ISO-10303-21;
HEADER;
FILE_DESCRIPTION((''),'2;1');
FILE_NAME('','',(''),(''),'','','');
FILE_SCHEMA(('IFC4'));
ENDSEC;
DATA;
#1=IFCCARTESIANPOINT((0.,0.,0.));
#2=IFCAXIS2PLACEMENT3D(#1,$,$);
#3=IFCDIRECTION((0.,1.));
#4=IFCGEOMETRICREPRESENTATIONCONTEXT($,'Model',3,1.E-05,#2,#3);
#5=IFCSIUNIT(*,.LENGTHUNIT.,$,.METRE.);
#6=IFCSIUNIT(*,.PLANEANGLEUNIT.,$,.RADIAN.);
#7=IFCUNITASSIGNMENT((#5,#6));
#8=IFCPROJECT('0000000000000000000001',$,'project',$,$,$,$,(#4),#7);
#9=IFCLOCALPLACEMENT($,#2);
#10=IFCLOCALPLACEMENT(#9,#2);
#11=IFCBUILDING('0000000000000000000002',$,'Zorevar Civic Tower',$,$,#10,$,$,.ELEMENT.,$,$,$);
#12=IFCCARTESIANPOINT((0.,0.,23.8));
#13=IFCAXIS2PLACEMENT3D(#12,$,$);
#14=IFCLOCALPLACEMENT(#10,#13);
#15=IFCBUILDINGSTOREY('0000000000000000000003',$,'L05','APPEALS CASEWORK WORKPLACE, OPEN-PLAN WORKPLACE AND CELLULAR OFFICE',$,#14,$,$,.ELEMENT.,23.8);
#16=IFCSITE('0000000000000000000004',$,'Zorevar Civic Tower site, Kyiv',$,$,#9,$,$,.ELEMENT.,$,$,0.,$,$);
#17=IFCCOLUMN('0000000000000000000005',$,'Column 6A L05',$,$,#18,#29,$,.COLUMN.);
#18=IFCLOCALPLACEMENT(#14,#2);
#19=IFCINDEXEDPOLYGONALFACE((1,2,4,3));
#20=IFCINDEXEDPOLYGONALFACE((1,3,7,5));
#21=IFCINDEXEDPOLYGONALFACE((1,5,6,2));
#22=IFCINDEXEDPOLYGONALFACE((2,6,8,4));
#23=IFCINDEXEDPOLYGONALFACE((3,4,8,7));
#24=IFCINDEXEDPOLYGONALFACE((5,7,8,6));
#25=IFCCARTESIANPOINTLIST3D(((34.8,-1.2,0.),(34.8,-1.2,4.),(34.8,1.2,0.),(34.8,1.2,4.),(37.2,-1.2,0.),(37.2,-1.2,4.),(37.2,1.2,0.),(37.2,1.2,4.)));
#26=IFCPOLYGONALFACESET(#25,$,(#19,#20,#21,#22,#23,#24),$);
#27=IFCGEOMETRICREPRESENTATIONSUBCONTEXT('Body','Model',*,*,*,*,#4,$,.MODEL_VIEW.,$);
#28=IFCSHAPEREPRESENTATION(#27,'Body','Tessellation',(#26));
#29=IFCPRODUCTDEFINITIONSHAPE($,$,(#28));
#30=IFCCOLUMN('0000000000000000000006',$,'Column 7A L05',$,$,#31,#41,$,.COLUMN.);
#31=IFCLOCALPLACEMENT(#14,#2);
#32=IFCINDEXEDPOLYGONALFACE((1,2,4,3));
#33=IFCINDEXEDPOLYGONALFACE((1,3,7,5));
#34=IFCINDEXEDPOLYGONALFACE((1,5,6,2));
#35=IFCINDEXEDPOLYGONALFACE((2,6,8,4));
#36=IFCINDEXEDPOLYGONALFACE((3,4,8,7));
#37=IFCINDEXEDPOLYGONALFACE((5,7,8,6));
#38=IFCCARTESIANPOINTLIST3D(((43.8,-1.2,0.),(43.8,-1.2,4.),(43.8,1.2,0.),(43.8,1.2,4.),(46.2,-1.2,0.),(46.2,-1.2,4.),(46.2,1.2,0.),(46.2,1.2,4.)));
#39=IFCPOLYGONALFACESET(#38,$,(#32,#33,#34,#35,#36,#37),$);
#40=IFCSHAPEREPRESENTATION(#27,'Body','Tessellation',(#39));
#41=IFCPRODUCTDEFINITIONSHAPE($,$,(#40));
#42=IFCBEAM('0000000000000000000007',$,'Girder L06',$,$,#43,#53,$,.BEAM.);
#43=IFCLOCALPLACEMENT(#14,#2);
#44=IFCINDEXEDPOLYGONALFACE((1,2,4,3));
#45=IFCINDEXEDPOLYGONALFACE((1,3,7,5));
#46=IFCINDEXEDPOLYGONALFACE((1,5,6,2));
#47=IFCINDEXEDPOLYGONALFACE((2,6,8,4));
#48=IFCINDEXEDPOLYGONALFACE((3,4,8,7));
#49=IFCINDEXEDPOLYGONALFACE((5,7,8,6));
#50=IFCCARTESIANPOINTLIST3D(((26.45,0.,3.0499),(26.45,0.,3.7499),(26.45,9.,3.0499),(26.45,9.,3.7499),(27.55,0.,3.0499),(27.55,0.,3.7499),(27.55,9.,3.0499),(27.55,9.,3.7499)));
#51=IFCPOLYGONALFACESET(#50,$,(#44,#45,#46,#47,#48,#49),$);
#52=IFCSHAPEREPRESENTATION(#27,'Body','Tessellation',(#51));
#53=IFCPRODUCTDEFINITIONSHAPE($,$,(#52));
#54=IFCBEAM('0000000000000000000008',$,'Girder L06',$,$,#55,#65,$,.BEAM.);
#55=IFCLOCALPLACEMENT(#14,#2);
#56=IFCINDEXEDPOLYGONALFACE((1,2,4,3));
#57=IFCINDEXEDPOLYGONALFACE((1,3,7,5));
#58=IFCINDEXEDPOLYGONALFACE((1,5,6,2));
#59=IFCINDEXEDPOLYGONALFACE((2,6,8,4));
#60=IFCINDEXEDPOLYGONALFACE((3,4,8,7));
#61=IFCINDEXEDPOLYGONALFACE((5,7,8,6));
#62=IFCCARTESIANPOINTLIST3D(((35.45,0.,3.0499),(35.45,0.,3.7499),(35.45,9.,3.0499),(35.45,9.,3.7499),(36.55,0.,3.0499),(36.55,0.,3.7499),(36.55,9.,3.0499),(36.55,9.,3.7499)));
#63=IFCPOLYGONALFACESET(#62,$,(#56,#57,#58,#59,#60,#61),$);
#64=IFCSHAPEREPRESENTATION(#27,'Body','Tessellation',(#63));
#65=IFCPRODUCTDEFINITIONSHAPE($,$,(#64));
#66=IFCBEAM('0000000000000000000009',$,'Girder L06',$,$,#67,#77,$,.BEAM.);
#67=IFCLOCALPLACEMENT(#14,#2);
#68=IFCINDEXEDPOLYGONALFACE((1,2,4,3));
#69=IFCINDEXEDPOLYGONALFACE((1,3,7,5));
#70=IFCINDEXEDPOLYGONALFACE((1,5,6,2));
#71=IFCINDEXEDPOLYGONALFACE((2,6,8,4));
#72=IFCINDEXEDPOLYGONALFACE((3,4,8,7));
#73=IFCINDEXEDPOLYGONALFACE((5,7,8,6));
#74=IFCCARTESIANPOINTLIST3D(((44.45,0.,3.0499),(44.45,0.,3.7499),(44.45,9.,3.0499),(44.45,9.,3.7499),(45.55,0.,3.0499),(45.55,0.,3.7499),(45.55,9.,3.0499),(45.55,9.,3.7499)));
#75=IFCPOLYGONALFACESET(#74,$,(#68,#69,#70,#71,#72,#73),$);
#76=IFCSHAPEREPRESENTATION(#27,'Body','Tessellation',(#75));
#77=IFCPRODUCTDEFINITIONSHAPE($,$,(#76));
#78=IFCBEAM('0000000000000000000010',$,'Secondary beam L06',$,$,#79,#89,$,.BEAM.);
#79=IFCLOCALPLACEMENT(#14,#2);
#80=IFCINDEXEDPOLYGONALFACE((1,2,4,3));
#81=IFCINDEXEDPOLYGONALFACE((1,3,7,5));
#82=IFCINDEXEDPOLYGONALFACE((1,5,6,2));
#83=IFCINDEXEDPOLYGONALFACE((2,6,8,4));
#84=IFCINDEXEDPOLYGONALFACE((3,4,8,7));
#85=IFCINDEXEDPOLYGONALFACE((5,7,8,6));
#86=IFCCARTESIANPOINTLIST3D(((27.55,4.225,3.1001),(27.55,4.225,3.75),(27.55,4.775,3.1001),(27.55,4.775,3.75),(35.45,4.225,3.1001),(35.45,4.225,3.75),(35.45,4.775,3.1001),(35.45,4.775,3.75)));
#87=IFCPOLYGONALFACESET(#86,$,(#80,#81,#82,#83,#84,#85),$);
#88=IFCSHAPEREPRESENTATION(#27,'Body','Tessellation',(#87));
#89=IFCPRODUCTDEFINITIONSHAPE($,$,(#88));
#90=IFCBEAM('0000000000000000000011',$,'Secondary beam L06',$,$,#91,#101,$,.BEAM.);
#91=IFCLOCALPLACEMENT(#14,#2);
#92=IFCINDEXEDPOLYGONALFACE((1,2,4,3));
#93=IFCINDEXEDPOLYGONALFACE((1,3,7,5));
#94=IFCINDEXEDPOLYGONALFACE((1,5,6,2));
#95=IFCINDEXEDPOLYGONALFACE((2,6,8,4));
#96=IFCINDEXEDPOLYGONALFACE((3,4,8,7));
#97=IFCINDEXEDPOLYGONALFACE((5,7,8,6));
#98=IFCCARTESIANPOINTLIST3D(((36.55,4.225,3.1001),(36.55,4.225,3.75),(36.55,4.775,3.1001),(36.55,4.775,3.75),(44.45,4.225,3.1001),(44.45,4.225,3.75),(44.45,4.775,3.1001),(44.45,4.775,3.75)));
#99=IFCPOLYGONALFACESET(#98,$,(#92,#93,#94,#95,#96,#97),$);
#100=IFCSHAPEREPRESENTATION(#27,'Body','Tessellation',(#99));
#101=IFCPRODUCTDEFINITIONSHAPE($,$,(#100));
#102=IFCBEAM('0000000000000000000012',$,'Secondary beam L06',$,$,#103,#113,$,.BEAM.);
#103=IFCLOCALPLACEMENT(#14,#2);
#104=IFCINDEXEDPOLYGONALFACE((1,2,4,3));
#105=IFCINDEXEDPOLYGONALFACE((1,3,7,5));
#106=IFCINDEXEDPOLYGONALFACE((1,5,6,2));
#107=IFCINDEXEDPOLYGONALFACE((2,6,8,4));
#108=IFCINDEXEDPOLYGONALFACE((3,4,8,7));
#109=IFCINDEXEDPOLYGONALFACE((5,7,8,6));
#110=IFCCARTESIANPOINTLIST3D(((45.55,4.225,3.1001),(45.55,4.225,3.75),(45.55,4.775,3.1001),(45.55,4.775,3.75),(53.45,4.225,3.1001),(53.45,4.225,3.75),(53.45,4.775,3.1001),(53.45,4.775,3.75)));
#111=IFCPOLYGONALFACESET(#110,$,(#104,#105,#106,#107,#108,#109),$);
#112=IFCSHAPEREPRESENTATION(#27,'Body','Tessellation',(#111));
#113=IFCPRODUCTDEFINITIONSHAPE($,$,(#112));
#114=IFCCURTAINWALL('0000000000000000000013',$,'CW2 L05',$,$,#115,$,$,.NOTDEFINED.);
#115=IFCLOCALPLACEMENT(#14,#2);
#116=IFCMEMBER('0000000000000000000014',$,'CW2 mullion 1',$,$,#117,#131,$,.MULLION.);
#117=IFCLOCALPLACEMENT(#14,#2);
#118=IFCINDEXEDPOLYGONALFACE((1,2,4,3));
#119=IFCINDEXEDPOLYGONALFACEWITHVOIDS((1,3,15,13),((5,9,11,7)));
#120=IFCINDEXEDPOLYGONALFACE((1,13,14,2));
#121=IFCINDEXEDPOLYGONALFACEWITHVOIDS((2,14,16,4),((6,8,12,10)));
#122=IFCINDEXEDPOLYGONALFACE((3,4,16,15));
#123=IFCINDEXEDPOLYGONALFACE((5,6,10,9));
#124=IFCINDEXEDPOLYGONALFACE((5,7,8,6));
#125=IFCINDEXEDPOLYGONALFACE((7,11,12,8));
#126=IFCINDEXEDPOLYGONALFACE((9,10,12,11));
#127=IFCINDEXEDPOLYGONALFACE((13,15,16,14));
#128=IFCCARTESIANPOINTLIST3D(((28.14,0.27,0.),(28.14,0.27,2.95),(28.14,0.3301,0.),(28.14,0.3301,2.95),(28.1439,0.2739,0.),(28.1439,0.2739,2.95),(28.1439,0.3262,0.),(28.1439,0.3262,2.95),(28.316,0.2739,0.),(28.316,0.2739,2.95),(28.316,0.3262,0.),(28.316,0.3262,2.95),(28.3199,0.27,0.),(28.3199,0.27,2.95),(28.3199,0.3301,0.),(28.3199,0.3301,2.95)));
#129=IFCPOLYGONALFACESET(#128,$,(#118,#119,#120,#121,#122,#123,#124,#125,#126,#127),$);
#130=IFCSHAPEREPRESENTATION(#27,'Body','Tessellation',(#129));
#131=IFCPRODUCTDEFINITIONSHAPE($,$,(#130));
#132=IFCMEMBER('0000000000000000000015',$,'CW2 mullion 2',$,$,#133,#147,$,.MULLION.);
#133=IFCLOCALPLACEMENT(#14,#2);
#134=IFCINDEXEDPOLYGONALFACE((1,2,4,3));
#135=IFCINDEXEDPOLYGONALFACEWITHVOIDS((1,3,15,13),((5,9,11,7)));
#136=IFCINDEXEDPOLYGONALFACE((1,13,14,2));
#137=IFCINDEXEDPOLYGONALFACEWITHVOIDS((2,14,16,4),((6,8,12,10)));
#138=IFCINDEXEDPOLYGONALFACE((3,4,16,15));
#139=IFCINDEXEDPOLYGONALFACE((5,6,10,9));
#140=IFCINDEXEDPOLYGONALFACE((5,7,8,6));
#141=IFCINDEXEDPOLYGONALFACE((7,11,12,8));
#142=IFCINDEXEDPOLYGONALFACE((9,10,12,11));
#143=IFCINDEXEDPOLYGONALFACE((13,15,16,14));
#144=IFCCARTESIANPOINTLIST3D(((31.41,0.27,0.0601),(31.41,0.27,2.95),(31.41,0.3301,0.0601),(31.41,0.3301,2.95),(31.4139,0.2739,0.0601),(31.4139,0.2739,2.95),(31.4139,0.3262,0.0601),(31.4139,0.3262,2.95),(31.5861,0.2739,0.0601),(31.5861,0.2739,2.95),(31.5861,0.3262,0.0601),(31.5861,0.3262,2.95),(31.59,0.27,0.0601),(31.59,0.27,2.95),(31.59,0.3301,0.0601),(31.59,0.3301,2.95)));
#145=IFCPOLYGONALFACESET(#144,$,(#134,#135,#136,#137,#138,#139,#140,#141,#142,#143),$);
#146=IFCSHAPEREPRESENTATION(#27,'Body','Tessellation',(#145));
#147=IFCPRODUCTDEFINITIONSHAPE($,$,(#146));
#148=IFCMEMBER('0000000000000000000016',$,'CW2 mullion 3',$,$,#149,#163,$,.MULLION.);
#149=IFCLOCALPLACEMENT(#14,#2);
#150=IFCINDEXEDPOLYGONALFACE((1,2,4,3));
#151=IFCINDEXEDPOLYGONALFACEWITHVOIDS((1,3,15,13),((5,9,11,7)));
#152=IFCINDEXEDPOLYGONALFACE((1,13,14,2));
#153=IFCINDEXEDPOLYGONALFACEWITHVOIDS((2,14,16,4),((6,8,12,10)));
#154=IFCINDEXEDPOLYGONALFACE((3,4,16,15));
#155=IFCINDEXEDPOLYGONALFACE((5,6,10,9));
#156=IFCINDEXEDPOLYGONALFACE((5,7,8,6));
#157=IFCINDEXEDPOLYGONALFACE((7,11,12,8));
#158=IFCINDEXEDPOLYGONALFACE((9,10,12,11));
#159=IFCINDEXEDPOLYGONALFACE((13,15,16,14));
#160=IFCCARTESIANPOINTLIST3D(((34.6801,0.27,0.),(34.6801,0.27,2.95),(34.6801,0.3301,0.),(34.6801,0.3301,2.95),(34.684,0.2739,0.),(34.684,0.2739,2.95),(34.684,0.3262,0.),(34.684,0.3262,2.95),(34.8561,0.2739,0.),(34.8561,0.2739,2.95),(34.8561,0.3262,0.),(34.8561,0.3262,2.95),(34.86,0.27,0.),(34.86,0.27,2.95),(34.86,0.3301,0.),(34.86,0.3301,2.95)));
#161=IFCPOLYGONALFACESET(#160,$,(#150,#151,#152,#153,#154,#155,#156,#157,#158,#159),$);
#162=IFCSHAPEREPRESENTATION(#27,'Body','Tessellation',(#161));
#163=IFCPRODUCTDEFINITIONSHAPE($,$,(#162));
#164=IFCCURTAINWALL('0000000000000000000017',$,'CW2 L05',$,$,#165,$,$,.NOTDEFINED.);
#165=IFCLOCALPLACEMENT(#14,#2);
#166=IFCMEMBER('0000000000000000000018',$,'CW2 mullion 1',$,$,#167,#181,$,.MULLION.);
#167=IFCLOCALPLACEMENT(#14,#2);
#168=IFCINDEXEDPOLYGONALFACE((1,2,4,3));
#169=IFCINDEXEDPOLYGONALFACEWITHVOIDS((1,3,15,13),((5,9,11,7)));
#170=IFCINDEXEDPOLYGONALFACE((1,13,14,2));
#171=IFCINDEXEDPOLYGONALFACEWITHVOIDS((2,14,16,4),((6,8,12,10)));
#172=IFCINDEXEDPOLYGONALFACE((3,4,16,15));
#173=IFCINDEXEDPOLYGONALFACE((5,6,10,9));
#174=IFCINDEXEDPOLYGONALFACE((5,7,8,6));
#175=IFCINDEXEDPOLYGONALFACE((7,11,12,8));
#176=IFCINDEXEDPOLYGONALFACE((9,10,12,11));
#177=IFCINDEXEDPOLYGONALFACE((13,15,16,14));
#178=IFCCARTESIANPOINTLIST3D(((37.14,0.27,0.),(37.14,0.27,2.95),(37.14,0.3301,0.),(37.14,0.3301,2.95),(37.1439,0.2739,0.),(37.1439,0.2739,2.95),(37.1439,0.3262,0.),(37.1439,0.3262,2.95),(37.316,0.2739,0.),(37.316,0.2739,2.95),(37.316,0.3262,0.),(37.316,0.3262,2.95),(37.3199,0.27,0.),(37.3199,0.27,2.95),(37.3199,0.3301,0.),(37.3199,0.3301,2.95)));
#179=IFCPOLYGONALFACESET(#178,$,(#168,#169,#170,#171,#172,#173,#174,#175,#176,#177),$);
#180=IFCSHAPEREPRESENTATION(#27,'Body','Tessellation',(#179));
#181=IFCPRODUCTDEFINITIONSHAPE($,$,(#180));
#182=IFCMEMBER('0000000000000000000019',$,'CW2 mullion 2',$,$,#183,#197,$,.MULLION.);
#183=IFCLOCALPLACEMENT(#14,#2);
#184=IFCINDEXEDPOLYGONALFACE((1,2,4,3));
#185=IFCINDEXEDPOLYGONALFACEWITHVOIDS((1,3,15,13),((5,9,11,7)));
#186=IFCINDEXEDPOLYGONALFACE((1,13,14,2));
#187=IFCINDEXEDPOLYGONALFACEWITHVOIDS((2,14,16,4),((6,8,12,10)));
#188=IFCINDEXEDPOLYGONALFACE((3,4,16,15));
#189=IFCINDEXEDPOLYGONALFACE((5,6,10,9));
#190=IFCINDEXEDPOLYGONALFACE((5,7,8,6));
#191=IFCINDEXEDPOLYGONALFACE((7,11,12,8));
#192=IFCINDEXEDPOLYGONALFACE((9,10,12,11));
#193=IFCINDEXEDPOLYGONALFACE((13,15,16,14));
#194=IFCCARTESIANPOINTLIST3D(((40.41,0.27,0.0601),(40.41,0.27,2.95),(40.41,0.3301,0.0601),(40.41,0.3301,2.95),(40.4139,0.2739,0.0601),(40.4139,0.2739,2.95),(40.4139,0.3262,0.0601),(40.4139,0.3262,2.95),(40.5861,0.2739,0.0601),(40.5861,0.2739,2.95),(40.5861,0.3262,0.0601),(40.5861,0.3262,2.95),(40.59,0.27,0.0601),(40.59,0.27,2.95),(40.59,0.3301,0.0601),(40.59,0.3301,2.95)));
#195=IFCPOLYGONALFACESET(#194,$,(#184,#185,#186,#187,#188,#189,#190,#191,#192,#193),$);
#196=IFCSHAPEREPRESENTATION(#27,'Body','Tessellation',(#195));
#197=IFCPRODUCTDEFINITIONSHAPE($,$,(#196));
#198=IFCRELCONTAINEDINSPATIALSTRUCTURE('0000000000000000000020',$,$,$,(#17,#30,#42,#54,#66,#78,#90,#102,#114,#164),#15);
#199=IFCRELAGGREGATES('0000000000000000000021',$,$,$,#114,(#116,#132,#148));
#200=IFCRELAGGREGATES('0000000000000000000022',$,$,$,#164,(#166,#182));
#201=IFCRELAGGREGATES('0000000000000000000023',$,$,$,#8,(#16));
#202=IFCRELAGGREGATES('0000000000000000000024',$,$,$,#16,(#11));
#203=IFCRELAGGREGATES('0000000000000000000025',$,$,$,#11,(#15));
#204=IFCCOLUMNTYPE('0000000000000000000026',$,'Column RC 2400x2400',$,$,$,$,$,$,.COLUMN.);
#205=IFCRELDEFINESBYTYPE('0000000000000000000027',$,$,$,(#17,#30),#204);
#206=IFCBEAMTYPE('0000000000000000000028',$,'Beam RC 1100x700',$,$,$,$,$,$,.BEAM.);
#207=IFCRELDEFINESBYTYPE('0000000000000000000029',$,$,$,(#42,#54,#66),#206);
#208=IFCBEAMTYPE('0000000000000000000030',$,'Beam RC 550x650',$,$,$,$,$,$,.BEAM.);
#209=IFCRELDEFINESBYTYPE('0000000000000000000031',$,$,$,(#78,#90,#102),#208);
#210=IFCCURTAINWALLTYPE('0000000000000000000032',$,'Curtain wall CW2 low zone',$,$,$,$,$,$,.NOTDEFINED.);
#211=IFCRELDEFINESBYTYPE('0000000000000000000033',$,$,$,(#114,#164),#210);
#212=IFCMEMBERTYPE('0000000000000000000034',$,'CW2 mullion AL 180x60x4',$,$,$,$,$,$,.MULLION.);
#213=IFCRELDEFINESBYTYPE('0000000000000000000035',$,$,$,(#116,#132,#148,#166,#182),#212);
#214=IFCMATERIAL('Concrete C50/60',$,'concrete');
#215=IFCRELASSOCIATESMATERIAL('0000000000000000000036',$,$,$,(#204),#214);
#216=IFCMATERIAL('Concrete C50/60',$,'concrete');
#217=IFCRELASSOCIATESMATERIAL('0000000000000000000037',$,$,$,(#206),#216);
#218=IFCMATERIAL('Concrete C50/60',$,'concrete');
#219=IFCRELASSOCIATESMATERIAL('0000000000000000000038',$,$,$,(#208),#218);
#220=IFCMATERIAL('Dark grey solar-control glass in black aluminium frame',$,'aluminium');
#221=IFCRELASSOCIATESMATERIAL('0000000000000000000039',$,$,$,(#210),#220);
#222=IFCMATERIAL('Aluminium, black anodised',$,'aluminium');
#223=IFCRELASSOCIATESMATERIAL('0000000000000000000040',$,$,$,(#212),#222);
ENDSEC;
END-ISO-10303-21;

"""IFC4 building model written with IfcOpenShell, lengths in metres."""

from ifc_helpers import new_model, si_unit, direction, frame, origin, origin_2d, place, context, subcontext, project, spatial, rectangle, hollow_rectangle, extrude, material, material_profile, profile_set, type_object, element, aggregate, save


model = new_model("IFC4")

# Units and contexts
model_context = context("Model", 3, precision=1e-05, world=origin(), true_north=direction((0.0, 1.0)))
body_context = subcontext(model_context, "Body", "Model", "MODEL_VIEW")
ifc_project = project(units=[si_unit("LENGTHUNIT", "METRE"), si_unit("PLANEANGLEUNIT", "RADIAN")], contexts=[model_context])

# Site, building, storey
site_placement = place(None, origin())
site = spatial("IfcSite", under=ifc_project, at=site_placement, Name="Zorevar Civic Tower site, Kyiv", CompositionType="ELEMENT", RefElevation=0.0)
building_placement = place(site_placement, origin())
building = spatial("IfcBuilding", under=site, at=building_placement, Name="Zorevar Civic Tower", CompositionType="ELEMENT")
storey_placement = place(building_placement, frame((0.0, 0.0, 23.8)))
storey = spatial("IfcBuildingStorey", under=building, at=storey_placement, Name="L05", Description="APPEALS CASEWORK WORKPLACE, OPEN-PLAN WORKPLACE AND CELLULAR OFFICE", CompositionType="ELEMENT", Elevation=23.8)

# Columns
ifc_material_1 = material(Name="Concrete C50/60", Category="concrete")
ifc_material_profile_1 = material_profile(ifc_material_1, rectangle(XDim=2.3999, YDim=2.3999, at=origin_2d()), Name="RC 2400x2400")
ifc_profile_set_1 = profile_set([ifc_material_profile_1], Name="Concrete C50/60")
column_type = type_object("IfcColumnType", Name="Column RC 2400x2400", PredefinedType="COLUMN", material=ifc_profile_set_1)
for number, where, z_axis, x_axis, name in (
    (1, (36.0, 0.0, 0.0), (0.0, 0.0, 1.0), (1.0, 0.0, 0.0), "Column 6A L05"),
    (2, (45.0, 0.0, 0.0), (0.0, 0.0, 1.0), (1.0, 0.0, 0.0), "Column 7A L05"),
):
    element("IfcColumn", number, at=place(storey_placement, frame(where, z_axis=z_axis, x_axis=x_axis)), inside=storey, type_object=column_type, Name=name, PredefinedType="COLUMN", context=body_context, shape_type="SweptSolid", body=[
        extrude(rectangle(XDim=2.3999, YDim=2.3999, at=origin_2d()), origin(), (0.0, 0.0, 1.0), 4.0),
    ])

# Beams
ifc_material_2 = material(Name="Concrete C50/60", Category="concrete")
ifc_material_profile_2 = material_profile(ifc_material_2, rectangle(XDim=1.1001, YDim=0.7, at=origin_2d()), Name="RC 1100x700")
ifc_profile_set_2 = profile_set([ifc_material_profile_2], Name="Concrete C50/60")
beam_type_1 = type_object("IfcBeamType", Name="Beam RC 1100x700", PredefinedType="BEAM", material=ifc_profile_set_2)
for number, where, z_axis, x_axis, name in (
    (3, (27.0, 0.0, 3.3999), (0.0, 1.0, 0.0), (-1.0, 0.0, 0.0), "Girder L06"),
    (4, (36.0, 0.0, 3.3999), (0.0, 1.0, 0.0), (-1.0, 0.0, 0.0), "Girder L06"),
    (5, (45.0, 0.0, 3.3999), (0.0, 1.0, 0.0), (-1.0, 0.0, 0.0), "Girder L06"),
):
    element("IfcBeam", number, at=place(storey_placement, frame(where, z_axis=z_axis, x_axis=x_axis)), inside=storey, type_object=beam_type_1, Name=name, PredefinedType="BEAM", context=body_context, shape_type="SweptSolid", body=[
        extrude(rectangle(XDim=1.1001, YDim=0.7, at=origin_2d()), origin(), (0.0, 0.0, 1.0), 9.0),
    ])
ifc_material_3 = material(Name="Concrete C50/60", Category="concrete")
ifc_material_profile_3 = material_profile(ifc_material_3, rectangle(XDim=0.55, YDim=0.6499, at=origin_2d()), Name="RC 550x650")
ifc_profile_set_3 = profile_set([ifc_material_profile_3], Name="Concrete C50/60")
beam_type_2 = type_object("IfcBeamType", Name="Beam RC 550x650", PredefinedType="BEAM", material=ifc_profile_set_3)
for number, where, z_axis, x_axis, name in (
    (6, (27.55, 4.5, 3.425), (1.0, 0.0, 0.0), (0.0, 1.0, 0.0), "Secondary beam L06"),
    (7, (36.55, 4.5, 3.425), (1.0, 0.0, 0.0), (0.0, 1.0, 0.0), "Secondary beam L06"),
    (8, (45.55, 4.5, 3.425), (1.0, 0.0, 0.0), (0.0, 1.0, 0.0), "Secondary beam L06"),
):
    element("IfcBeam", number, at=place(storey_placement, frame(where, z_axis=z_axis, x_axis=x_axis)), inside=storey, type_object=beam_type_2, Name=name, PredefinedType="BEAM", context=body_context, shape_type="SweptSolid", body=[
        extrude(rectangle(XDim=0.55, YDim=0.6499, at=origin_2d()), origin(), (0.0, 0.0, 1.0), 7.8999),
    ])

# Curtain walls, members
ifc_material_4 = material(Name="Dark grey solar-control glass in black aluminium frame", Category="aluminium")
curtain_wall_type = type_object("IfcCurtainWallType", Name="Curtain wall CW2 low zone", PredefinedType="NOTDEFINED", material=ifc_material_4)
curtain_wall_1_placement = place(storey_placement, origin())
curtain_wall_1 = element("IfcCurtainWall", 9, at=curtain_wall_1_placement, inside=storey, type_object=curtain_wall_type, Name="CW2 L05", PredefinedType="NOTDEFINED")
ifc_material_5 = material(Name="Aluminium, black anodised", Category="aluminium")
ifc_material_profile_4 = material_profile(ifc_material_5, hollow_rectangle(XDim=0.0601, YDim=0.1799, WallThickness=0.0039, at=origin_2d()), Name="AL 180x60x4")
ifc_profile_set_4 = profile_set([ifc_material_profile_4], Name="Aluminium, black anodised")
member_type_1 = type_object("IfcMemberType", Name="CW2 mullion AL 180x60x4", PredefinedType="MULLION", material=ifc_profile_set_4)
member_1_placement = place(storey_placement, frame((28.23, 0.3, 0.0), z_axis=(0.0, 0.0, 1.0), x_axis=(0.0, 1.0, 0.0)))
member_1 = element("IfcMember", 10, at=member_1_placement, type_object=member_type_1, Name="CW2 mullion 1", PredefinedType="MULLION", context=body_context, shape_type="SweptSolid", body=[
    extrude(hollow_rectangle(XDim=0.0601, YDim=0.1799, WallThickness=0.0039, at=origin_2d()), origin(), (0.0, 0.0, 1.0), 2.95),
])
member_2_placement = place(storey_placement, frame((31.5, 0.3, 0.0601), z_axis=(0.0, 0.0, 1.0), x_axis=(0.0, 1.0, 0.0)))
member_2 = element("IfcMember", 11, at=member_2_placement, type_object=member_type_1, Name="CW2 mullion 2", PredefinedType="MULLION", context=body_context, shape_type="SweptSolid", body=[
    extrude(hollow_rectangle(XDim=0.0601, YDim=0.1799, WallThickness=0.0039, at=origin_2d()), origin(), (0.0, 0.0, 1.0), 2.8899),
])
member_3_placement = place(storey_placement, frame((34.77, 0.3, 0.0), z_axis=(0.0, 0.0, 1.0), x_axis=(0.0, 1.0, 0.0)))
member_3 = element("IfcMember", 12, at=member_3_placement, type_object=member_type_1, Name="CW2 mullion 3", PredefinedType="MULLION", context=body_context, shape_type="SweptSolid", body=[
    extrude(hollow_rectangle(XDim=0.0601, YDim=0.1799, WallThickness=0.0039, at=origin_2d()), origin(), (0.0, 0.0, 1.0), 2.95),
])
curtain_wall_2_placement = place(storey_placement, origin())
curtain_wall_2 = element("IfcCurtainWall", 13, at=curtain_wall_2_placement, inside=storey, type_object=curtain_wall_type, Name="CW2 L05", PredefinedType="NOTDEFINED")
member_4_placement = place(storey_placement, frame((37.23, 0.3, 0.0), z_axis=(0.0, 0.0, 1.0), x_axis=(0.0, 1.0, 0.0)))
member_4 = element("IfcMember", 14, at=member_4_placement, type_object=member_type_1, Name="CW2 mullion 1", PredefinedType="MULLION", context=body_context, shape_type="SweptSolid", body=[
    extrude(hollow_rectangle(XDim=0.0601, YDim=0.1799, WallThickness=0.0039, at=origin_2d()), origin(), (0.0, 0.0, 1.0), 2.95),
])
member_5_placement = place(storey_placement, frame((40.5, 0.3, 0.0601), z_axis=(0.0, 0.0, 1.0), x_axis=(0.0, 1.0, 0.0)))
member_5 = element("IfcMember", 15, at=member_5_placement, type_object=member_type_1, Name="CW2 mullion 2", PredefinedType="MULLION", context=body_context, shape_type="SweptSolid", body=[
    extrude(hollow_rectangle(XDim=0.0601, YDim=0.1799, WallThickness=0.0039, at=origin_2d()), origin(), (0.0, 0.0, 1.0), 2.8899),
])

aggregate(curtain_wall_1, [member_1, member_2, member_3])
aggregate(curtain_wall_2, [member_4, member_5])

save(model, "model.ifc")
